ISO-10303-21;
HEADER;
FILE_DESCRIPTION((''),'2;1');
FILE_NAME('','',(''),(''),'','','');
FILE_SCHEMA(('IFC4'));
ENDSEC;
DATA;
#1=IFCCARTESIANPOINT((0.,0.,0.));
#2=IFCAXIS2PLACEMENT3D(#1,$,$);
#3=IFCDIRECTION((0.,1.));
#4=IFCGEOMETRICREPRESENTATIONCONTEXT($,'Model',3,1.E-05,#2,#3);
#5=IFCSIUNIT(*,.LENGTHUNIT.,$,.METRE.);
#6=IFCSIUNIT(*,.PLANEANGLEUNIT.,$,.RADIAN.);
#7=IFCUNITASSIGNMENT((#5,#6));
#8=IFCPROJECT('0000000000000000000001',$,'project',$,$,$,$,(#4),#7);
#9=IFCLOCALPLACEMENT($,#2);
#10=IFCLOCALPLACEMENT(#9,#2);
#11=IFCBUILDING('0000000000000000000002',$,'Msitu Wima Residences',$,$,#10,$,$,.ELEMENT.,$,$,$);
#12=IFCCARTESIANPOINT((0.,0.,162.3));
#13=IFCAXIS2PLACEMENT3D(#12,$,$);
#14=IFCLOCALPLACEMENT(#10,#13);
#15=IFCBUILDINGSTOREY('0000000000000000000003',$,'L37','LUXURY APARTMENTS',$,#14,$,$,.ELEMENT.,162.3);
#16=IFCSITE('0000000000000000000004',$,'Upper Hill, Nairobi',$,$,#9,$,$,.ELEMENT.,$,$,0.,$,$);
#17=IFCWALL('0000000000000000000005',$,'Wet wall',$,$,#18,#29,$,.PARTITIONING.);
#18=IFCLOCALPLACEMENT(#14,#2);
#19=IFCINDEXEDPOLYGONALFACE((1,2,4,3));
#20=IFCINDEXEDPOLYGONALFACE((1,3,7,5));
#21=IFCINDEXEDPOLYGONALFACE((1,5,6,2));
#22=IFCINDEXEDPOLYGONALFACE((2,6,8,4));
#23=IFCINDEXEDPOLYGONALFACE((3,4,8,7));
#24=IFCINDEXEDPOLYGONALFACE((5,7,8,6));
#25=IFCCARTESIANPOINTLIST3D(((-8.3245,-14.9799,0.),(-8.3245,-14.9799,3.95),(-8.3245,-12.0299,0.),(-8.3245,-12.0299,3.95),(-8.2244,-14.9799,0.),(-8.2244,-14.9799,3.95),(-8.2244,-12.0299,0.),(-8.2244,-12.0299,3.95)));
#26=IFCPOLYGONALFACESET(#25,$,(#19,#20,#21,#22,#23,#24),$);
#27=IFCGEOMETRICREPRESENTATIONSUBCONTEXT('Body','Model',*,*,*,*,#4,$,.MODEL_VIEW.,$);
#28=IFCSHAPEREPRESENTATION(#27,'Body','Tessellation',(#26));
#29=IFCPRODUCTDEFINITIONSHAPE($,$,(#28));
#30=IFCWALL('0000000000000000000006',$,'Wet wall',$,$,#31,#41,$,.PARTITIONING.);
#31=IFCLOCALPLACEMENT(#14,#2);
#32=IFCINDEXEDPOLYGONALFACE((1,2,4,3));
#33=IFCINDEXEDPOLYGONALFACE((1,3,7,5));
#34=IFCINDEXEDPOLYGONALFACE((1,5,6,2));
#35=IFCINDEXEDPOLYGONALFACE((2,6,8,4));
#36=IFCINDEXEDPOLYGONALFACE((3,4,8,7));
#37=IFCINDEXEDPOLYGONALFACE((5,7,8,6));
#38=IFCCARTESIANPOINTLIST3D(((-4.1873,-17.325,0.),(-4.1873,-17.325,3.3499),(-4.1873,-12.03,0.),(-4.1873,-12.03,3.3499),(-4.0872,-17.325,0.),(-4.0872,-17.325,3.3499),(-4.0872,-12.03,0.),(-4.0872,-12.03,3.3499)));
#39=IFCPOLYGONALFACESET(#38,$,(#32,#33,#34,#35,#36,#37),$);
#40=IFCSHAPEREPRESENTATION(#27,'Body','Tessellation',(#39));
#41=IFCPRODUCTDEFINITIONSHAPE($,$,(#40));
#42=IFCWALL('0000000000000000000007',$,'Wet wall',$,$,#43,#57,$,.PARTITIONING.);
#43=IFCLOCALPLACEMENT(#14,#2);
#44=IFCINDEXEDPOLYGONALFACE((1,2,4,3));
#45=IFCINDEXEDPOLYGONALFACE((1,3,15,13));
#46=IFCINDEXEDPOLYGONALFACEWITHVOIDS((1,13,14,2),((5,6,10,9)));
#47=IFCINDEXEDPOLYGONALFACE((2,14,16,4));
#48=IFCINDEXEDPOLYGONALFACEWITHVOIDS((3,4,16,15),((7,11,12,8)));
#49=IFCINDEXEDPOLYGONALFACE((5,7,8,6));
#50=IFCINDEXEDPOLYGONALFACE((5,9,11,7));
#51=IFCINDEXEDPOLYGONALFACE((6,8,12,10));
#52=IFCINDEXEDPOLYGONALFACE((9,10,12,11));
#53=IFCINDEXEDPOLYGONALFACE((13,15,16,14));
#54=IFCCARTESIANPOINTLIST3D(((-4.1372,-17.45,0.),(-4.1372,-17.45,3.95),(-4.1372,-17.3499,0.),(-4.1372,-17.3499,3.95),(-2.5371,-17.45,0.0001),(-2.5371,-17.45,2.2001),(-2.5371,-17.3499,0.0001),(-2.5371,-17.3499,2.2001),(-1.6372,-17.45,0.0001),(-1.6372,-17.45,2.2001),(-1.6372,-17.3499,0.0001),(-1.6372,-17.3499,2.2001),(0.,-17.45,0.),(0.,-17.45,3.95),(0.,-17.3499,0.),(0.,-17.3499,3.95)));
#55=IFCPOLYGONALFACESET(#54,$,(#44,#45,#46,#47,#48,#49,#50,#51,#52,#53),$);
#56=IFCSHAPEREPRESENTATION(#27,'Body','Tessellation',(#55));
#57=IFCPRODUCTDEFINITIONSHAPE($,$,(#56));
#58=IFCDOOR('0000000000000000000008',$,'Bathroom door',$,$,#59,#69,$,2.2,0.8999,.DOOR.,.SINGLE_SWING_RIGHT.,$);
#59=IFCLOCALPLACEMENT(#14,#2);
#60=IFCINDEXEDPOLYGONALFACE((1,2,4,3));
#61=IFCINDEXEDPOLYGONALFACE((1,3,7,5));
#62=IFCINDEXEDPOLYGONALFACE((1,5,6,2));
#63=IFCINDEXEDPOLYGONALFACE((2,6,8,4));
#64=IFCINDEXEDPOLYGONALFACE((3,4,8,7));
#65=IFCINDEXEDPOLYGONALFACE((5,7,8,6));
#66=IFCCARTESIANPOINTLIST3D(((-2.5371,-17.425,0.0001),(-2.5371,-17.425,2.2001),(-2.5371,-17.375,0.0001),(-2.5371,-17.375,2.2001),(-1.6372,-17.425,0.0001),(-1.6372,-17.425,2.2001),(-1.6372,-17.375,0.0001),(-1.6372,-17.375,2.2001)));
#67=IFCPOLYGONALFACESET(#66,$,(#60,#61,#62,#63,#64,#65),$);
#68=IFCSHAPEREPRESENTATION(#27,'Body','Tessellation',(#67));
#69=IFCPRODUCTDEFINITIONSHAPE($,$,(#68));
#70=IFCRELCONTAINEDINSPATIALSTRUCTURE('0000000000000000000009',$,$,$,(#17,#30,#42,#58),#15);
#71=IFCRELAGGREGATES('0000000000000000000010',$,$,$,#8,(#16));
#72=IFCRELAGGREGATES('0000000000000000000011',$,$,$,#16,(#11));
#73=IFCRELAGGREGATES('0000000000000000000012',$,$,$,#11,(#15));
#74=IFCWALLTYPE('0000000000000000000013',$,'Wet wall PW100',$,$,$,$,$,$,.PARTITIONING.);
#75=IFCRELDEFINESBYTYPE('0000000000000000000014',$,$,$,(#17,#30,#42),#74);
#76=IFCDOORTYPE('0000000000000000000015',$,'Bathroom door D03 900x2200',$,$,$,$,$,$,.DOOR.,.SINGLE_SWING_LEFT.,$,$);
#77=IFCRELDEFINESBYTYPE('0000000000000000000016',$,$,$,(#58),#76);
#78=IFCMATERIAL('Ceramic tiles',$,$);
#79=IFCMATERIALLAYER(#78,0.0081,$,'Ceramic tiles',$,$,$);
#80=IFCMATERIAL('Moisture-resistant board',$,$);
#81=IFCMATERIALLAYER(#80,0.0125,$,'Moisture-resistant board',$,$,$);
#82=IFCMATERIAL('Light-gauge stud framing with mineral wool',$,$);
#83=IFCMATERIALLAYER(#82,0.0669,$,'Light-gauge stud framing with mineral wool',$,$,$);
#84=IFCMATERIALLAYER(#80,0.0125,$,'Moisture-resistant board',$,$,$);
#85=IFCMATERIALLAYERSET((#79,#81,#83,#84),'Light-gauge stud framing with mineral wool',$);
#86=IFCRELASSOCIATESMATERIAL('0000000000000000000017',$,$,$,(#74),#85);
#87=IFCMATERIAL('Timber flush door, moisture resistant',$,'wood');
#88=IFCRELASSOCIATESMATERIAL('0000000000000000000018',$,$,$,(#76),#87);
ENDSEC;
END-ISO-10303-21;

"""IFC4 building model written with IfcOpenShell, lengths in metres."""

from ifc_helpers import new_model, si_unit, direction, frame, frame_2d, origin, place, context, subcontext, project, spatial, rectangle, extrude, material, layer, layer_set, type_object, element, fill, save


model = new_model("IFC4")

# Units and contexts
model_context = context("Model", 3, precision=1e-05, world=origin(), true_north=direction((0.0, 1.0)))
body_context = subcontext(model_context, "Body", "Model", "MODEL_VIEW")
ifc_project = project(units=[si_unit("LENGTHUNIT", "METRE"), si_unit("PLANEANGLEUNIT", "RADIAN")], contexts=[model_context])

# Site, building, storey
site_placement = place(None, origin())
site = spatial("IfcSite", under=ifc_project, at=site_placement, Name="Upper Hill, Nairobi", CompositionType="ELEMENT", RefElevation=0.0)
building_placement = place(site_placement, origin())
building = spatial("IfcBuilding", under=site, at=building_placement, Name="Msitu Wima Residences", CompositionType="ELEMENT")
storey_placement = place(building_placement, frame((0.0, 0.0, 162.3)))
storey = spatial("IfcBuildingStorey", under=building, at=storey_placement, Name="L37", Description="LUXURY APARTMENTS", CompositionType="ELEMENT", Elevation=162.3)

# Shared definitions
ifc_material_1 = material(Name="Ceramic tiles")
ifc_layer_1 = layer(ifc_material_1, 0.0081, Name="Ceramic tiles")
ifc_material_2 = material(Name="Moisture-resistant board")
ifc_layer_2 = layer(ifc_material_2, 0.0125, Name="Moisture-resistant board")
ifc_material_3 = material(Name="Light-gauge stud framing with mineral wool")
ifc_layer_3 = layer(ifc_material_3, 0.0669, Name="Light-gauge stud framing with mineral wool")
ifc_layer_4 = layer(ifc_material_2, 0.0125, Name="Moisture-resistant board")
ifc_layer_set_1 = layer_set([ifc_layer_1, ifc_layer_2, ifc_layer_3, ifc_layer_4], Name="Light-gauge stud framing with mineral wool")
wall_type_1 = type_object("IfcWallType", Name="Wet wall PW100", PredefinedType="PARTITIONING", material=ifc_layer_set_1)

# Walls
wall_1_placement = place(storey_placement, frame((-8.2744, -14.98, 0.0), z_axis=(0.0, 0.0, 1.0), x_axis=(0.0, 1.0, 0.0)))
element("IfcWall", 1, at=wall_1_placement, inside=storey, type_object=wall_type_1, Name="Wet wall", PredefinedType="PARTITIONING", context=body_context, shape_type="SweptSolid", body=[
    extrude(rectangle(XDim=2.95, YDim=0.1001, at=frame_2d((1.4751, 0.0))), origin(), (0.0, 0.0, 1.0), 3.95),
])
wall_2_placement = place(storey_placement, frame((-4.1372, -17.325, 0.0), z_axis=(0.0, 0.0, 1.0), x_axis=(0.0, 1.0, 0.0)))
element("IfcWall", 2, at=wall_2_placement, inside=storey, type_object=wall_type_1, Name="Wet wall", PredefinedType="PARTITIONING", context=body_context, shape_type="SweptSolid", body=[
    extrude(rectangle(XDim=5.2949, YDim=0.1001, at=frame_2d((2.6475, 0.0))), origin(), (0.0, 0.0, 1.0), 3.3499),
])

# Wall, opening, door
wall_3_placement = place(storey_placement, frame((-4.1372, -17.3999, 0.0), z_axis=(0.0, 0.0, 1.0), x_axis=(1.0, 0.0, 0.0)))
wall_3 = element("IfcWall", 3, at=wall_3_placement, inside=storey, type_object=wall_type_1, Name="Wet wall", PredefinedType="PARTITIONING", context=body_context, shape_type="SweptSolid", body=[
    extrude(rectangle(XDim=4.1372, YDim=0.1001, at=frame_2d((2.0686, 0.0))), origin(), (0.0, 0.0, 1.0), 3.95),
])
opening_1_placement = place(wall_3_placement, frame((1.6001, 0.0, 0.0)))
opening_1 = element("IfcOpeningElement", 4, at=opening_1_placement, cuts=wall_3, PredefinedType="OPENING", context=body_context, shape_type="SweptSolid", body=[
    extrude(rectangle(XDim=0.8999, YDim=2.2, at=frame_2d((0.45, 1.1001))), frame((0.0, 0.0601, 0.0), z_axis=(0.0, -1.0, 0.0), x_axis=(1.0, 0.0, 0.0)), (0.0, 0.0, 1.0), 0.1201),
])
ifc_material_4 = material(Name="Timber flush door, moisture resistant", Category="wood")
door_type_1 = type_object("IfcDoorType", Name="Bathroom door D03 900x2200", OperationType="SINGLE_SWING_LEFT", PredefinedType="DOOR", material=ifc_material_4)
door_1_placement = place(opening_1_placement, origin())
door_1 = element("IfcDoor", 5, at=door_1_placement, inside=storey, type_object=door_type_1, Name="Bathroom door", OperationType="SINGLE_SWING_RIGHT", OverallHeight=2.2, OverallWidth=0.8999, PredefinedType="DOOR", context=body_context, shape_type="SweptSolid", body=[
    extrude(rectangle(XDim=0.8999, YDim=2.2, at=frame_2d((0.45, 1.1001))), frame((0.0, 0.0249, 0.0), z_axis=(0.0, -1.0, 0.0), x_axis=(1.0, 0.0, 0.0)), (0.0, 0.0, 1.0), 0.05),
])
fill(opening_1, door_1)

save(model, "model.ifc")
